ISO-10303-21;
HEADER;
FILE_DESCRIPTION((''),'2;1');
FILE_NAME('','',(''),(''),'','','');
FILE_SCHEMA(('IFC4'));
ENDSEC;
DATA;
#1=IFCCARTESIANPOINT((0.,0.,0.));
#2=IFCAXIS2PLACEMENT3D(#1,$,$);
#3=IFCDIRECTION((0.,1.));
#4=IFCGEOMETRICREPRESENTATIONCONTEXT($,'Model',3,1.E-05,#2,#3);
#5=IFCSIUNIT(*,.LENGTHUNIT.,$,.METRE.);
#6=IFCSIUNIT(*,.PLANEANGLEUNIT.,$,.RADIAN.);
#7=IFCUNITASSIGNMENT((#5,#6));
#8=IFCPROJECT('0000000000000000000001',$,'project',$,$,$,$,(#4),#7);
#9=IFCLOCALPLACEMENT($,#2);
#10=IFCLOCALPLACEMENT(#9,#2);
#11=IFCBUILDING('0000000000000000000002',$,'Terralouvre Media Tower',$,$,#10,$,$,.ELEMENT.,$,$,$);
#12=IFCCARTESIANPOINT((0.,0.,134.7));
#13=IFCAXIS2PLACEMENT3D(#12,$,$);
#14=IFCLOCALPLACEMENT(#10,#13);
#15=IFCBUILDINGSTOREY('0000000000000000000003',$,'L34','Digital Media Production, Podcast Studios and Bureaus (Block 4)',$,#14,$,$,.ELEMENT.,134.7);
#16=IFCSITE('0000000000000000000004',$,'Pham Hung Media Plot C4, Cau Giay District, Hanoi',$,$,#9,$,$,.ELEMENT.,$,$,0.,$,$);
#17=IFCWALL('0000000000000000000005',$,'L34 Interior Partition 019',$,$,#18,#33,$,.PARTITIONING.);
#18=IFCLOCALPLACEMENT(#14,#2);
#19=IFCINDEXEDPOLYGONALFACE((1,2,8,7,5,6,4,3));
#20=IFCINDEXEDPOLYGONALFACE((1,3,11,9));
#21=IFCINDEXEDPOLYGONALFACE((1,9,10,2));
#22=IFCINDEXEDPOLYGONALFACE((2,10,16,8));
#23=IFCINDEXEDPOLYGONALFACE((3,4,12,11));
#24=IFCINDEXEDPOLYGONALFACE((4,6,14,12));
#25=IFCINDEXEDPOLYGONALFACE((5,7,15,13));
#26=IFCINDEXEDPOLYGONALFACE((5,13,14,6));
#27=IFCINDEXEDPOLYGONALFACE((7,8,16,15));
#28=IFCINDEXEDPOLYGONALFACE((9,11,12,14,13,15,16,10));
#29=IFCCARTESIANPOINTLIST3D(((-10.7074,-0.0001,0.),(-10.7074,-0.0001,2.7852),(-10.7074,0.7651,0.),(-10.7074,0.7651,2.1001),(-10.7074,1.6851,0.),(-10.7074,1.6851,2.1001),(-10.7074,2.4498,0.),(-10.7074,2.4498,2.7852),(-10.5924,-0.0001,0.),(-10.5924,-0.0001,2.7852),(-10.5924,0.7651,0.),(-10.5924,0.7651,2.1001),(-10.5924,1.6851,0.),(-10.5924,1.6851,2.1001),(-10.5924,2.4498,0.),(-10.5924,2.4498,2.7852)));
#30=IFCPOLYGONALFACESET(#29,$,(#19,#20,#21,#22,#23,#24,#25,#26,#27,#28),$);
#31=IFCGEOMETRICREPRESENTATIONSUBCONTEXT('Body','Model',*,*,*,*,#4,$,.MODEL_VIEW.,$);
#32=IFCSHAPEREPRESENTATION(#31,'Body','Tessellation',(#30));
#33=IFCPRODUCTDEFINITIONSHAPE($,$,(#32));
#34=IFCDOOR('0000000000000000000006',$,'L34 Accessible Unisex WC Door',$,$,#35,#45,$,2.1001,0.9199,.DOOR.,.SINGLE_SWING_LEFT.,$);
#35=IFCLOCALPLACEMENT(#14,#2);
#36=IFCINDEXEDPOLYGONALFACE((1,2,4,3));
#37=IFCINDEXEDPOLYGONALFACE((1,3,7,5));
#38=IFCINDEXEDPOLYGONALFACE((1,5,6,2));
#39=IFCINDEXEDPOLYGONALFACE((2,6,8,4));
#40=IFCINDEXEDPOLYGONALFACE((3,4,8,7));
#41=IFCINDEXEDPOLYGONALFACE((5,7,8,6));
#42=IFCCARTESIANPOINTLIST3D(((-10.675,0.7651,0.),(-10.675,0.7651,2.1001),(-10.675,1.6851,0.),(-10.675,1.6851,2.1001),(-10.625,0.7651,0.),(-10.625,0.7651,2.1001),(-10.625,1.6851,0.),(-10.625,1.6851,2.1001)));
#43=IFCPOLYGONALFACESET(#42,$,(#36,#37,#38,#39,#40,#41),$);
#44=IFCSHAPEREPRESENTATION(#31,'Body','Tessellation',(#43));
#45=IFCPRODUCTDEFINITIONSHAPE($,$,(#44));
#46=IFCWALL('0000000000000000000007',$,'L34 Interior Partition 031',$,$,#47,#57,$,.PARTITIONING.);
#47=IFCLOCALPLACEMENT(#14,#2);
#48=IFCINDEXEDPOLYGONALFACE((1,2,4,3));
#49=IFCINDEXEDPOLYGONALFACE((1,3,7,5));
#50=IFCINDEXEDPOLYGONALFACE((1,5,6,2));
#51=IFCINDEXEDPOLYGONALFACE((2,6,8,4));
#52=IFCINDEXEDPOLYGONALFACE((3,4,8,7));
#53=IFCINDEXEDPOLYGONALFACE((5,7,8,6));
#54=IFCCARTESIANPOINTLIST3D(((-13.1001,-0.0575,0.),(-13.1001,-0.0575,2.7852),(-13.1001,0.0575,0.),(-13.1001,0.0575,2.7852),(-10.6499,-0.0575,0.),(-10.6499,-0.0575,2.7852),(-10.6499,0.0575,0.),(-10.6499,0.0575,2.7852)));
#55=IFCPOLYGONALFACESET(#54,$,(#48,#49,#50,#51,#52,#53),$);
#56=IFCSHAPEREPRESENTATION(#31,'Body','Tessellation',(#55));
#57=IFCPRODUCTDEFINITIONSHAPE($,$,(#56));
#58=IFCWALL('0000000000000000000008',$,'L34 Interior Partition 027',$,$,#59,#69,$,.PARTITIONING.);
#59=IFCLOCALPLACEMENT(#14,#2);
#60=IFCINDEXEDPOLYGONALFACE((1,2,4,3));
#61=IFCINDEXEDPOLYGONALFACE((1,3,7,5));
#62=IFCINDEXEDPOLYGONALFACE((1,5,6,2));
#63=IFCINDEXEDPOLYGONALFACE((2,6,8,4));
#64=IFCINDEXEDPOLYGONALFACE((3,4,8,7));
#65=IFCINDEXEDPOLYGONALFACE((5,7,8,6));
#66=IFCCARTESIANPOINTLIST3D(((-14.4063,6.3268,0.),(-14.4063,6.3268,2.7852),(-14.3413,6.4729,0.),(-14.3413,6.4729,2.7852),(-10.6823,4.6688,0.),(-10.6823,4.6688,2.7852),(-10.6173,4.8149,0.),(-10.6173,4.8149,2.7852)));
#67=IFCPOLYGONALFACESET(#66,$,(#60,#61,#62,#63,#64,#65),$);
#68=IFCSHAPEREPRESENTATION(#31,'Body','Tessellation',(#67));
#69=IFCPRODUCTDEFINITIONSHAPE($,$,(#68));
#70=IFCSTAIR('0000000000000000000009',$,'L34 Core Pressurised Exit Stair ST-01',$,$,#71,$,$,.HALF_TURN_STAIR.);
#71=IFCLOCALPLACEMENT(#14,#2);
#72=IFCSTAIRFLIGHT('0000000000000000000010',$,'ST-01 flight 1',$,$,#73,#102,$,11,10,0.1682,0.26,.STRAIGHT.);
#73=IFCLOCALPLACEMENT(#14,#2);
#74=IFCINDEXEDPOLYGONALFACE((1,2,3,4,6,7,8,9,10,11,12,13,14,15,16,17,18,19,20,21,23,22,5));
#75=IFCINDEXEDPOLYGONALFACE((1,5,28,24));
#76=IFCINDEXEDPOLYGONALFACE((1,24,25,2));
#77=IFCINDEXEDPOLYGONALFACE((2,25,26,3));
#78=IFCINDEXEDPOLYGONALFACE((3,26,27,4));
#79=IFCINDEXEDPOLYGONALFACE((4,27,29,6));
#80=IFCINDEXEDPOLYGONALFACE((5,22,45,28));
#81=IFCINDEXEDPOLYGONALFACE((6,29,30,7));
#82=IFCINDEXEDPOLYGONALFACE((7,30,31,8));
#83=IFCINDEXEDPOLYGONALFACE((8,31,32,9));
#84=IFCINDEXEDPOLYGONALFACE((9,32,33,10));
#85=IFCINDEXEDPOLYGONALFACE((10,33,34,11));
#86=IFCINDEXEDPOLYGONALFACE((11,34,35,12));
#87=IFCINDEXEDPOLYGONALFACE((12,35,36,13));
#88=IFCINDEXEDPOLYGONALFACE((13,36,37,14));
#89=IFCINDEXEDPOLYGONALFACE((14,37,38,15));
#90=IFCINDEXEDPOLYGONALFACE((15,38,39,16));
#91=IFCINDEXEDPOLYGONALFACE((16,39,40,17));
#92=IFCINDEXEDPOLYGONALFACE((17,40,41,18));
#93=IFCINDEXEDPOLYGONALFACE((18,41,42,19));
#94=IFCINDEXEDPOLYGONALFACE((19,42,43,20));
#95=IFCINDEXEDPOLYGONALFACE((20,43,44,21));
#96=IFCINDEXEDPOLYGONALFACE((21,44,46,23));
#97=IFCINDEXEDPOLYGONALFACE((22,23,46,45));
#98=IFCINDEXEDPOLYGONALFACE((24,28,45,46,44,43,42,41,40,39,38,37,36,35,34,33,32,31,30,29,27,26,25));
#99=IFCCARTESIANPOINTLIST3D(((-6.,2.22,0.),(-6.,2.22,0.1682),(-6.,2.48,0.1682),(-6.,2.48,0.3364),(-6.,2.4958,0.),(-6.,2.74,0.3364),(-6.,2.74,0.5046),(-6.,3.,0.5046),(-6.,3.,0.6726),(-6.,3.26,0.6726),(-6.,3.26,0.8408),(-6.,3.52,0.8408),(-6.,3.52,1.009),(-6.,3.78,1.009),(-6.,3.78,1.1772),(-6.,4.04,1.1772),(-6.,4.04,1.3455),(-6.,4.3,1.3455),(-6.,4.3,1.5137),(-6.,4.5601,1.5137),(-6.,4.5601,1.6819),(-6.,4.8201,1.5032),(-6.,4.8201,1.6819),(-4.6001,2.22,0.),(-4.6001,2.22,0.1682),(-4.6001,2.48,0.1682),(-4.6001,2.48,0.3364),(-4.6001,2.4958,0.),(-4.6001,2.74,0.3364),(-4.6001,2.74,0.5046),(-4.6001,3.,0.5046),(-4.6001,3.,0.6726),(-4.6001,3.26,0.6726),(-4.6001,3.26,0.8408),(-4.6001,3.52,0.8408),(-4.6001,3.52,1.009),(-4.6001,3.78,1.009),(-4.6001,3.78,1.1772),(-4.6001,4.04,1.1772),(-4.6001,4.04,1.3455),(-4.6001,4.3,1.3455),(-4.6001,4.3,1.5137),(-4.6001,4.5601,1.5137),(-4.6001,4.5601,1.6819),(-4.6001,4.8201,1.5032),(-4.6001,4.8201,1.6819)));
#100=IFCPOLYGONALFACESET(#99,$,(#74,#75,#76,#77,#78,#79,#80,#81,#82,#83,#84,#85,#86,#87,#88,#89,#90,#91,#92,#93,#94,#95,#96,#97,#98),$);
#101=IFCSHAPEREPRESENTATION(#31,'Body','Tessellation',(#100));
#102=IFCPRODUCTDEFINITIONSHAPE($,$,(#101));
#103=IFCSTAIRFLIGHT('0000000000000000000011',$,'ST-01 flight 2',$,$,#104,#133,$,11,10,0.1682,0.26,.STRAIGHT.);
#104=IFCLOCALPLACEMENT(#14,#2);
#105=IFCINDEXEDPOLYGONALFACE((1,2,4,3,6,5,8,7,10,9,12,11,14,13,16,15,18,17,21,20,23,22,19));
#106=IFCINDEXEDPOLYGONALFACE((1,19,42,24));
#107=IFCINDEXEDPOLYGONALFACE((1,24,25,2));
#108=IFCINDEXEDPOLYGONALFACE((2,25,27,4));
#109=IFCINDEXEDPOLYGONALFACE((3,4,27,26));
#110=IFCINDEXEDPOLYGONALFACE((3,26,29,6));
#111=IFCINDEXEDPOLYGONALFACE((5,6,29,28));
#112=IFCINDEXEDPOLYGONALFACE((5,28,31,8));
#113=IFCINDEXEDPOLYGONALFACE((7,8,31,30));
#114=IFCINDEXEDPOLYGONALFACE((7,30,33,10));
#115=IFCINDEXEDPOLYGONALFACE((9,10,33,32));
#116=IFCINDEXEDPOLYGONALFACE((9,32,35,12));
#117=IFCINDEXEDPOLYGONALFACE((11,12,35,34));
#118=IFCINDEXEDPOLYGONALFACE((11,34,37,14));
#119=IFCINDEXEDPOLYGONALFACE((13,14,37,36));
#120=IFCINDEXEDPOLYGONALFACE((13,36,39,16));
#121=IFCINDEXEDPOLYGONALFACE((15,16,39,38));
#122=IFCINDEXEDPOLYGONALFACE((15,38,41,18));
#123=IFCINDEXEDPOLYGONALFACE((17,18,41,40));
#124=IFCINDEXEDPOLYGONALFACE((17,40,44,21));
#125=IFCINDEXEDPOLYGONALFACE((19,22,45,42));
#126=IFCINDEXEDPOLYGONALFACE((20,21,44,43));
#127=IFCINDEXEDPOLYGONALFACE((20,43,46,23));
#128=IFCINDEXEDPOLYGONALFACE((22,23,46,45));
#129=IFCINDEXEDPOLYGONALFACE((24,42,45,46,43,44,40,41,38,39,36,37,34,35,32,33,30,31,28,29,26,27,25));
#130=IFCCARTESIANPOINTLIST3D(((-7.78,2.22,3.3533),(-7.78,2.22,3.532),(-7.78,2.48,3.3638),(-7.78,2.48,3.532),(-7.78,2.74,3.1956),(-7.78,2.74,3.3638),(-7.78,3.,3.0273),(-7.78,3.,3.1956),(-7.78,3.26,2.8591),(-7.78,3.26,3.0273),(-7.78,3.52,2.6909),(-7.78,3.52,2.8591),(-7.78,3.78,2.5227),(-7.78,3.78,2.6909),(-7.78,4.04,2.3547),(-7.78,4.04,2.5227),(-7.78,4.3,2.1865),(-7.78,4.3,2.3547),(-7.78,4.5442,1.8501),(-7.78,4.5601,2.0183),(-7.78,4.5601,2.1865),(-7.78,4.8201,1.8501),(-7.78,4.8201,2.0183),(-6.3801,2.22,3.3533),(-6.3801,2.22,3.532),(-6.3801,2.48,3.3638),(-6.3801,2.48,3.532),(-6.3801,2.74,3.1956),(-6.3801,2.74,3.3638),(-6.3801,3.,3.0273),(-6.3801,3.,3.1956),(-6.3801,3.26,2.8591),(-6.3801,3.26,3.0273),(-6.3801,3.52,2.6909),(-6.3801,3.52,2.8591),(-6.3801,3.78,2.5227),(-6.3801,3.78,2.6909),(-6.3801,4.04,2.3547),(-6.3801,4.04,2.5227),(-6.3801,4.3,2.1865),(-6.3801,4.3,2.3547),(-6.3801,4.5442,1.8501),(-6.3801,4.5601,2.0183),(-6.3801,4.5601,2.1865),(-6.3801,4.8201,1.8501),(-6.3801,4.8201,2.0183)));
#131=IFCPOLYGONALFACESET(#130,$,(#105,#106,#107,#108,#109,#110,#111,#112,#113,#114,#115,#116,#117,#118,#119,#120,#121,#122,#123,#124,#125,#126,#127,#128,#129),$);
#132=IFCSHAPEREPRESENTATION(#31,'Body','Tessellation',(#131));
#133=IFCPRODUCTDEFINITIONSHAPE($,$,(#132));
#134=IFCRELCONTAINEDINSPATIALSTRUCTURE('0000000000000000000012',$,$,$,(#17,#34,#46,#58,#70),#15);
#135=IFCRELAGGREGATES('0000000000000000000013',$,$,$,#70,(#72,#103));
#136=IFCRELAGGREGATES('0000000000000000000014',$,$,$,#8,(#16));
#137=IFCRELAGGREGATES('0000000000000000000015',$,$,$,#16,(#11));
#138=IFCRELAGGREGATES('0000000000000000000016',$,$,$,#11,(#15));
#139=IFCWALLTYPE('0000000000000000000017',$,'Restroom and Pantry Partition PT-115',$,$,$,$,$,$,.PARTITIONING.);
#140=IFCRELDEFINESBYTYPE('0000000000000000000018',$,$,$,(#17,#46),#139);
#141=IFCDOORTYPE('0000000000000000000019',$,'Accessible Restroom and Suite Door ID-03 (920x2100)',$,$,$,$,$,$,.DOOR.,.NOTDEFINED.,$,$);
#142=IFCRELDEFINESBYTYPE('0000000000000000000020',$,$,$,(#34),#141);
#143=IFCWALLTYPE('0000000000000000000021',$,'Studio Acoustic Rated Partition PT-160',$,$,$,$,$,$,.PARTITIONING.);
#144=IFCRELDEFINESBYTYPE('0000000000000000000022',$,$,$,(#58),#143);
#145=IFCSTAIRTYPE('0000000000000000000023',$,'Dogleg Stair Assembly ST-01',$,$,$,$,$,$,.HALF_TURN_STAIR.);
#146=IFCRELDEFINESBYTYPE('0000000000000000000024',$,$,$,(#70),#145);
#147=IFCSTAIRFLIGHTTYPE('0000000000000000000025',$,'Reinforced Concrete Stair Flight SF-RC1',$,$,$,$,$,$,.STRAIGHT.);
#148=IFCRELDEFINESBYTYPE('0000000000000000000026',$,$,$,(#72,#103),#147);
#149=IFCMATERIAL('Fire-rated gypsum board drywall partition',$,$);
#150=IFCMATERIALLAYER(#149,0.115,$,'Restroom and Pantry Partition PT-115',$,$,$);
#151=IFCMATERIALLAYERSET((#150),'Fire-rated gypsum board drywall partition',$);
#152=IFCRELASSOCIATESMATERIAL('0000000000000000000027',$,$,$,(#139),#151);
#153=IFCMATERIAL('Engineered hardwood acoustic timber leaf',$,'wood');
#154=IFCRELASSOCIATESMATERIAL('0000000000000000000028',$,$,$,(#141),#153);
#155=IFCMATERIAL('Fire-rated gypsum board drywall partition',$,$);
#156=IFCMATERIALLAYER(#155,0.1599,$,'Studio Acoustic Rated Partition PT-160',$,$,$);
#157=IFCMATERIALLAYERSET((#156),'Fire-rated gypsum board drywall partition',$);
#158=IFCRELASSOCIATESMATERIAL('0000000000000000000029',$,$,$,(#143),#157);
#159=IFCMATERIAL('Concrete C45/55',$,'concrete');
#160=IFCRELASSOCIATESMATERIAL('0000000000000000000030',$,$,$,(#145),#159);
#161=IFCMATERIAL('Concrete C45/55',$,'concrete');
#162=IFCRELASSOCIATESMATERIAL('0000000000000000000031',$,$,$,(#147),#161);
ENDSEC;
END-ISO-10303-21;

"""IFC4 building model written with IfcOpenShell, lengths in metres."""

from ifc_helpers import new_model, si_unit, direction, frame, frame_2d, origin, place, context, subcontext, project, spatial, polyline, rectangle, outline, extrude, material, layer, layer_set, type_object, element, fill, aggregate, save


model = new_model("IFC4")

# Units and contexts
model_context = context("Model", 3, precision=1e-05, world=origin(), true_north=direction((0.0, 1.0)))
body_context = subcontext(model_context, "Body", "Model", "MODEL_VIEW")
ifc_project = project(units=[si_unit("LENGTHUNIT", "METRE"), si_unit("PLANEANGLEUNIT", "RADIAN")], contexts=[model_context])

# Site, building, storey
site_placement = place(None, origin())
site = spatial("IfcSite", under=ifc_project, at=site_placement, Name="Pham Hung Media Plot C4, Cau Giay District, Hanoi", CompositionType="ELEMENT", RefElevation=0.0)
building_placement = place(site_placement, origin())
building = spatial("IfcBuilding", under=site, at=building_placement, Name="Terralouvre Media Tower", CompositionType="ELEMENT")
storey_placement = place(building_placement, frame((0.0, 0.0, 134.7)))
storey = spatial("IfcBuildingStorey", under=building, at=storey_placement, Name="L34", Description="Digital Media Production, Podcast Studios and Bureaus (Block 4)", CompositionType="ELEMENT", Elevation=134.7)

# Wall, opening, door
ifc_material_1 = material(Name="Fire-rated gypsum board drywall partition")
ifc_layer_1 = layer(ifc_material_1, 0.115, Name="Restroom and Pantry Partition PT-115")
ifc_layer_set_1 = layer_set([ifc_layer_1], Name="Fire-rated gypsum board drywall partition")
wall_type_1 = type_object("IfcWallType", Name="Restroom and Pantry Partition PT-115", PredefinedType="PARTITIONING", material=ifc_layer_set_1)
ifc_material_2 = material(Name="Engineered hardwood acoustic timber leaf", Category="wood")
door_type_1 = type_object("IfcDoorType", Name="Accessible Restroom and Suite Door ID-03 (920x2100)", OperationType="NOTDEFINED", PredefinedType="DOOR", material=ifc_material_2)
wall_1_placement = place(storey_placement, frame((-10.6499, 2.45, 0.0), z_axis=(0.0, 0.0, 1.0), x_axis=(0.0, -1.0, 0.0)))
wall_1 = element("IfcWall", 1, at=wall_1_placement, inside=storey, type_object=wall_type_1, Name="L34 Interior Partition 019", PredefinedType="PARTITIONING", context=body_context, shape_type="SweptSolid", body=[
    extrude(rectangle(XDim=2.45, YDim=0.115, at=frame_2d((1.2251, 0.0))), origin(), (0.0, 0.0, 1.0), 2.7852),
])
opening_1_placement = place(wall_1_placement, frame((0.7649, 0.0, 0.0)))
opening_1 = element("IfcOpeningElement", 2, at=opening_1_placement, cuts=wall_1, PredefinedType="OPENING", context=body_context, shape_type="SweptSolid", body=[
    extrude(rectangle(XDim=0.9199, YDim=2.1001, at=frame_2d((0.46, 1.05))), frame((0.0, 0.0674, 0.0), z_axis=(0.0, -1.0, 0.0), x_axis=(1.0, 0.0, 0.0)), (0.0, 0.0, 1.0), 0.135),
])
door_1_placement = place(opening_1_placement, origin())
door_1 = element("IfcDoor", 3, at=door_1_placement, inside=storey, type_object=door_type_1, Name="L34 Accessible Unisex WC Door", OperationType="SINGLE_SWING_LEFT", OverallHeight=2.1001, OverallWidth=0.9199, PredefinedType="DOOR", context=body_context, shape_type="SweptSolid", body=[
    extrude(rectangle(XDim=0.9199, YDim=2.1001, at=frame_2d((0.46, 1.05))), frame((0.0, 0.0249, 0.0), z_axis=(0.0, -1.0, 0.0), x_axis=(1.0, 0.0, 0.0)), (0.0, 0.0, 1.0), 0.05),
])
fill(opening_1, door_1)

# Wall
wall_2_placement = place(storey_placement, frame((-10.6499, 0.0, 0.0), z_axis=(0.0, 0.0, 1.0), x_axis=(-1.0, 0.0, 0.0)))
element("IfcWall", 4, at=wall_2_placement, inside=storey, type_object=wall_type_1, Name="L34 Interior Partition 031", PredefinedType="PARTITIONING", context=body_context, shape_type="SweptSolid", body=[
    extrude(rectangle(XDim=2.4502, YDim=0.115, at=frame_2d((1.2251, 0.0))), origin(), (0.0, 0.0, 1.0), 2.7852),
])

# Shared definitions
ifc_material_3 = material(Name="Fire-rated gypsum board drywall partition")
ifc_layer_2 = layer(ifc_material_3, 0.1599, Name="Studio Acoustic Rated Partition PT-160")
ifc_layer_set_2 = layer_set([ifc_layer_2], Name="Fire-rated gypsum board drywall partition")
wall_type_2 = type_object("IfcWallType", Name="Studio Acoustic Rated Partition PT-160", PredefinedType="PARTITIONING", material=ifc_layer_set_2)

# Wall
wall_3_placement = place(storey_placement, frame((-10.6499, 4.7419, 0.0), z_axis=(0.0, 0.0, 1.0), x_axis=(-0.913557, 0.406711, 0.0)))
element("IfcWall", 5, at=wall_3_placement, inside=storey, type_object=wall_type_2, Name="L34 Interior Partition 027", PredefinedType="PARTITIONING", context=body_context, shape_type="SweptSolid", body=[
    extrude(rectangle(XDim=4.0764, YDim=0.1599, at=frame_2d((2.0381, 0.0))), origin(), (0.0, 0.0, 1.0), 2.7852),
])

# Stair, stair flights
ifc_material_4 = material(Name="Concrete C45/55", Category="concrete")
stair_type = type_object("IfcStairType", Name="Dogleg Stair Assembly ST-01", PredefinedType="HALF_TURN_STAIR", material=ifc_material_4)
stair_placement = place(storey_placement, origin())
stair = element("IfcStair", 6, at=stair_placement, inside=storey, type_object=stair_type, Name="L34 Core Pressurised Exit Stair ST-01", PredefinedType="HALF_TURN_STAIR")
ifc_material_5 = material(Name="Concrete C45/55", Category="concrete")
stair_flight_type = type_object("IfcStairFlightType", Name="Reinforced Concrete Stair Flight SF-RC1", PredefinedType="STRAIGHT", material=ifc_material_5)
stair_flight_1_placement = place(storey_placement, frame((-5.3, 2.22, 0.0), z_axis=(0.0, 0.0, 1.0), x_axis=(0.0, 1.0, 0.0)))
stair_flight_1 = element("IfcStairFlight", 7, at=stair_flight_1_placement, type_object=stair_flight_type, Name="ST-01 flight 1", NumberOfRisers=11, NumberOfTreads=10, PredefinedType="STRAIGHT", RiserHeight=0.1682, TreadLength=0.26, context=body_context, shape_type="SweptSolid", body=[
    extrude(outline(polyline([(0.0, 0.0), (0.0, 0.1682), (0.26, 0.1682), (0.26, 0.3364), (0.52, 0.3364), (0.52, 0.5046), (0.78, 0.5046), (0.78, 0.6726), (1.04, 0.6726), (1.04, 0.8408), (1.3, 0.8408), (1.3, 1.009), (1.5601, 1.009), (1.5601, 1.1772), (1.8201, 1.1772), (1.8201, 1.3455), (2.0801, 1.3455), (2.0801, 1.5137), (2.3401, 1.5137), (2.3401, 1.6819), (2.6001, 1.6819), (2.6001, 1.8501), (2.6001, 1.5032), (0.2759, 0.0), (0.0, 0.0)])), frame((0.0, 0.7, 0.0), z_axis=(0.0, -1.0, 0.0), x_axis=(1.0, 0.0, 0.0)), (0.0, 0.0, 1.0), 1.3999),
])
stair_flight_2_placement = place(storey_placement, frame((-7.0801, 4.8201, 1.8501), z_axis=(0.0, 0.0, 1.0), x_axis=(0.0, -1.0, 0.0)))
stair_flight_2 = element("IfcStairFlight", 8, at=stair_flight_2_placement, type_object=stair_flight_type, Name="ST-01 flight 2", NumberOfRisers=11, NumberOfTreads=10, PredefinedType="STRAIGHT", RiserHeight=0.1682, TreadLength=0.26, context=body_context, shape_type="SweptSolid", body=[
    extrude(outline(polyline([(0.0, 0.0), (0.0, 0.1682), (0.26, 0.1682), (0.26, 0.3364), (0.52, 0.3364), (0.52, 0.5046), (0.78, 0.5046), (0.78, 0.6726), (1.04, 0.6726), (1.04, 0.8408), (1.3, 0.8408), (1.3, 1.009), (1.5601, 1.009), (1.5601, 1.1772), (1.8201, 1.1772), (1.8201, 1.3455), (2.0801, 1.3455), (2.0801, 1.5137), (2.3401, 1.5137), (2.3401, 1.6819), (2.6001, 1.6819), (2.6001, 1.8501), (2.6001, 1.5032), (0.2759, 0.0), (0.0, 0.0)])), frame((0.0, 0.7, 0.0), z_axis=(0.0, -1.0, 0.0), x_axis=(1.0, 0.0, 0.0)), (0.0, 0.0, 1.0), 1.3999),
])
aggregate(stair, [stair_flight_1, stair_flight_2])

save(model, "model.ifc")
